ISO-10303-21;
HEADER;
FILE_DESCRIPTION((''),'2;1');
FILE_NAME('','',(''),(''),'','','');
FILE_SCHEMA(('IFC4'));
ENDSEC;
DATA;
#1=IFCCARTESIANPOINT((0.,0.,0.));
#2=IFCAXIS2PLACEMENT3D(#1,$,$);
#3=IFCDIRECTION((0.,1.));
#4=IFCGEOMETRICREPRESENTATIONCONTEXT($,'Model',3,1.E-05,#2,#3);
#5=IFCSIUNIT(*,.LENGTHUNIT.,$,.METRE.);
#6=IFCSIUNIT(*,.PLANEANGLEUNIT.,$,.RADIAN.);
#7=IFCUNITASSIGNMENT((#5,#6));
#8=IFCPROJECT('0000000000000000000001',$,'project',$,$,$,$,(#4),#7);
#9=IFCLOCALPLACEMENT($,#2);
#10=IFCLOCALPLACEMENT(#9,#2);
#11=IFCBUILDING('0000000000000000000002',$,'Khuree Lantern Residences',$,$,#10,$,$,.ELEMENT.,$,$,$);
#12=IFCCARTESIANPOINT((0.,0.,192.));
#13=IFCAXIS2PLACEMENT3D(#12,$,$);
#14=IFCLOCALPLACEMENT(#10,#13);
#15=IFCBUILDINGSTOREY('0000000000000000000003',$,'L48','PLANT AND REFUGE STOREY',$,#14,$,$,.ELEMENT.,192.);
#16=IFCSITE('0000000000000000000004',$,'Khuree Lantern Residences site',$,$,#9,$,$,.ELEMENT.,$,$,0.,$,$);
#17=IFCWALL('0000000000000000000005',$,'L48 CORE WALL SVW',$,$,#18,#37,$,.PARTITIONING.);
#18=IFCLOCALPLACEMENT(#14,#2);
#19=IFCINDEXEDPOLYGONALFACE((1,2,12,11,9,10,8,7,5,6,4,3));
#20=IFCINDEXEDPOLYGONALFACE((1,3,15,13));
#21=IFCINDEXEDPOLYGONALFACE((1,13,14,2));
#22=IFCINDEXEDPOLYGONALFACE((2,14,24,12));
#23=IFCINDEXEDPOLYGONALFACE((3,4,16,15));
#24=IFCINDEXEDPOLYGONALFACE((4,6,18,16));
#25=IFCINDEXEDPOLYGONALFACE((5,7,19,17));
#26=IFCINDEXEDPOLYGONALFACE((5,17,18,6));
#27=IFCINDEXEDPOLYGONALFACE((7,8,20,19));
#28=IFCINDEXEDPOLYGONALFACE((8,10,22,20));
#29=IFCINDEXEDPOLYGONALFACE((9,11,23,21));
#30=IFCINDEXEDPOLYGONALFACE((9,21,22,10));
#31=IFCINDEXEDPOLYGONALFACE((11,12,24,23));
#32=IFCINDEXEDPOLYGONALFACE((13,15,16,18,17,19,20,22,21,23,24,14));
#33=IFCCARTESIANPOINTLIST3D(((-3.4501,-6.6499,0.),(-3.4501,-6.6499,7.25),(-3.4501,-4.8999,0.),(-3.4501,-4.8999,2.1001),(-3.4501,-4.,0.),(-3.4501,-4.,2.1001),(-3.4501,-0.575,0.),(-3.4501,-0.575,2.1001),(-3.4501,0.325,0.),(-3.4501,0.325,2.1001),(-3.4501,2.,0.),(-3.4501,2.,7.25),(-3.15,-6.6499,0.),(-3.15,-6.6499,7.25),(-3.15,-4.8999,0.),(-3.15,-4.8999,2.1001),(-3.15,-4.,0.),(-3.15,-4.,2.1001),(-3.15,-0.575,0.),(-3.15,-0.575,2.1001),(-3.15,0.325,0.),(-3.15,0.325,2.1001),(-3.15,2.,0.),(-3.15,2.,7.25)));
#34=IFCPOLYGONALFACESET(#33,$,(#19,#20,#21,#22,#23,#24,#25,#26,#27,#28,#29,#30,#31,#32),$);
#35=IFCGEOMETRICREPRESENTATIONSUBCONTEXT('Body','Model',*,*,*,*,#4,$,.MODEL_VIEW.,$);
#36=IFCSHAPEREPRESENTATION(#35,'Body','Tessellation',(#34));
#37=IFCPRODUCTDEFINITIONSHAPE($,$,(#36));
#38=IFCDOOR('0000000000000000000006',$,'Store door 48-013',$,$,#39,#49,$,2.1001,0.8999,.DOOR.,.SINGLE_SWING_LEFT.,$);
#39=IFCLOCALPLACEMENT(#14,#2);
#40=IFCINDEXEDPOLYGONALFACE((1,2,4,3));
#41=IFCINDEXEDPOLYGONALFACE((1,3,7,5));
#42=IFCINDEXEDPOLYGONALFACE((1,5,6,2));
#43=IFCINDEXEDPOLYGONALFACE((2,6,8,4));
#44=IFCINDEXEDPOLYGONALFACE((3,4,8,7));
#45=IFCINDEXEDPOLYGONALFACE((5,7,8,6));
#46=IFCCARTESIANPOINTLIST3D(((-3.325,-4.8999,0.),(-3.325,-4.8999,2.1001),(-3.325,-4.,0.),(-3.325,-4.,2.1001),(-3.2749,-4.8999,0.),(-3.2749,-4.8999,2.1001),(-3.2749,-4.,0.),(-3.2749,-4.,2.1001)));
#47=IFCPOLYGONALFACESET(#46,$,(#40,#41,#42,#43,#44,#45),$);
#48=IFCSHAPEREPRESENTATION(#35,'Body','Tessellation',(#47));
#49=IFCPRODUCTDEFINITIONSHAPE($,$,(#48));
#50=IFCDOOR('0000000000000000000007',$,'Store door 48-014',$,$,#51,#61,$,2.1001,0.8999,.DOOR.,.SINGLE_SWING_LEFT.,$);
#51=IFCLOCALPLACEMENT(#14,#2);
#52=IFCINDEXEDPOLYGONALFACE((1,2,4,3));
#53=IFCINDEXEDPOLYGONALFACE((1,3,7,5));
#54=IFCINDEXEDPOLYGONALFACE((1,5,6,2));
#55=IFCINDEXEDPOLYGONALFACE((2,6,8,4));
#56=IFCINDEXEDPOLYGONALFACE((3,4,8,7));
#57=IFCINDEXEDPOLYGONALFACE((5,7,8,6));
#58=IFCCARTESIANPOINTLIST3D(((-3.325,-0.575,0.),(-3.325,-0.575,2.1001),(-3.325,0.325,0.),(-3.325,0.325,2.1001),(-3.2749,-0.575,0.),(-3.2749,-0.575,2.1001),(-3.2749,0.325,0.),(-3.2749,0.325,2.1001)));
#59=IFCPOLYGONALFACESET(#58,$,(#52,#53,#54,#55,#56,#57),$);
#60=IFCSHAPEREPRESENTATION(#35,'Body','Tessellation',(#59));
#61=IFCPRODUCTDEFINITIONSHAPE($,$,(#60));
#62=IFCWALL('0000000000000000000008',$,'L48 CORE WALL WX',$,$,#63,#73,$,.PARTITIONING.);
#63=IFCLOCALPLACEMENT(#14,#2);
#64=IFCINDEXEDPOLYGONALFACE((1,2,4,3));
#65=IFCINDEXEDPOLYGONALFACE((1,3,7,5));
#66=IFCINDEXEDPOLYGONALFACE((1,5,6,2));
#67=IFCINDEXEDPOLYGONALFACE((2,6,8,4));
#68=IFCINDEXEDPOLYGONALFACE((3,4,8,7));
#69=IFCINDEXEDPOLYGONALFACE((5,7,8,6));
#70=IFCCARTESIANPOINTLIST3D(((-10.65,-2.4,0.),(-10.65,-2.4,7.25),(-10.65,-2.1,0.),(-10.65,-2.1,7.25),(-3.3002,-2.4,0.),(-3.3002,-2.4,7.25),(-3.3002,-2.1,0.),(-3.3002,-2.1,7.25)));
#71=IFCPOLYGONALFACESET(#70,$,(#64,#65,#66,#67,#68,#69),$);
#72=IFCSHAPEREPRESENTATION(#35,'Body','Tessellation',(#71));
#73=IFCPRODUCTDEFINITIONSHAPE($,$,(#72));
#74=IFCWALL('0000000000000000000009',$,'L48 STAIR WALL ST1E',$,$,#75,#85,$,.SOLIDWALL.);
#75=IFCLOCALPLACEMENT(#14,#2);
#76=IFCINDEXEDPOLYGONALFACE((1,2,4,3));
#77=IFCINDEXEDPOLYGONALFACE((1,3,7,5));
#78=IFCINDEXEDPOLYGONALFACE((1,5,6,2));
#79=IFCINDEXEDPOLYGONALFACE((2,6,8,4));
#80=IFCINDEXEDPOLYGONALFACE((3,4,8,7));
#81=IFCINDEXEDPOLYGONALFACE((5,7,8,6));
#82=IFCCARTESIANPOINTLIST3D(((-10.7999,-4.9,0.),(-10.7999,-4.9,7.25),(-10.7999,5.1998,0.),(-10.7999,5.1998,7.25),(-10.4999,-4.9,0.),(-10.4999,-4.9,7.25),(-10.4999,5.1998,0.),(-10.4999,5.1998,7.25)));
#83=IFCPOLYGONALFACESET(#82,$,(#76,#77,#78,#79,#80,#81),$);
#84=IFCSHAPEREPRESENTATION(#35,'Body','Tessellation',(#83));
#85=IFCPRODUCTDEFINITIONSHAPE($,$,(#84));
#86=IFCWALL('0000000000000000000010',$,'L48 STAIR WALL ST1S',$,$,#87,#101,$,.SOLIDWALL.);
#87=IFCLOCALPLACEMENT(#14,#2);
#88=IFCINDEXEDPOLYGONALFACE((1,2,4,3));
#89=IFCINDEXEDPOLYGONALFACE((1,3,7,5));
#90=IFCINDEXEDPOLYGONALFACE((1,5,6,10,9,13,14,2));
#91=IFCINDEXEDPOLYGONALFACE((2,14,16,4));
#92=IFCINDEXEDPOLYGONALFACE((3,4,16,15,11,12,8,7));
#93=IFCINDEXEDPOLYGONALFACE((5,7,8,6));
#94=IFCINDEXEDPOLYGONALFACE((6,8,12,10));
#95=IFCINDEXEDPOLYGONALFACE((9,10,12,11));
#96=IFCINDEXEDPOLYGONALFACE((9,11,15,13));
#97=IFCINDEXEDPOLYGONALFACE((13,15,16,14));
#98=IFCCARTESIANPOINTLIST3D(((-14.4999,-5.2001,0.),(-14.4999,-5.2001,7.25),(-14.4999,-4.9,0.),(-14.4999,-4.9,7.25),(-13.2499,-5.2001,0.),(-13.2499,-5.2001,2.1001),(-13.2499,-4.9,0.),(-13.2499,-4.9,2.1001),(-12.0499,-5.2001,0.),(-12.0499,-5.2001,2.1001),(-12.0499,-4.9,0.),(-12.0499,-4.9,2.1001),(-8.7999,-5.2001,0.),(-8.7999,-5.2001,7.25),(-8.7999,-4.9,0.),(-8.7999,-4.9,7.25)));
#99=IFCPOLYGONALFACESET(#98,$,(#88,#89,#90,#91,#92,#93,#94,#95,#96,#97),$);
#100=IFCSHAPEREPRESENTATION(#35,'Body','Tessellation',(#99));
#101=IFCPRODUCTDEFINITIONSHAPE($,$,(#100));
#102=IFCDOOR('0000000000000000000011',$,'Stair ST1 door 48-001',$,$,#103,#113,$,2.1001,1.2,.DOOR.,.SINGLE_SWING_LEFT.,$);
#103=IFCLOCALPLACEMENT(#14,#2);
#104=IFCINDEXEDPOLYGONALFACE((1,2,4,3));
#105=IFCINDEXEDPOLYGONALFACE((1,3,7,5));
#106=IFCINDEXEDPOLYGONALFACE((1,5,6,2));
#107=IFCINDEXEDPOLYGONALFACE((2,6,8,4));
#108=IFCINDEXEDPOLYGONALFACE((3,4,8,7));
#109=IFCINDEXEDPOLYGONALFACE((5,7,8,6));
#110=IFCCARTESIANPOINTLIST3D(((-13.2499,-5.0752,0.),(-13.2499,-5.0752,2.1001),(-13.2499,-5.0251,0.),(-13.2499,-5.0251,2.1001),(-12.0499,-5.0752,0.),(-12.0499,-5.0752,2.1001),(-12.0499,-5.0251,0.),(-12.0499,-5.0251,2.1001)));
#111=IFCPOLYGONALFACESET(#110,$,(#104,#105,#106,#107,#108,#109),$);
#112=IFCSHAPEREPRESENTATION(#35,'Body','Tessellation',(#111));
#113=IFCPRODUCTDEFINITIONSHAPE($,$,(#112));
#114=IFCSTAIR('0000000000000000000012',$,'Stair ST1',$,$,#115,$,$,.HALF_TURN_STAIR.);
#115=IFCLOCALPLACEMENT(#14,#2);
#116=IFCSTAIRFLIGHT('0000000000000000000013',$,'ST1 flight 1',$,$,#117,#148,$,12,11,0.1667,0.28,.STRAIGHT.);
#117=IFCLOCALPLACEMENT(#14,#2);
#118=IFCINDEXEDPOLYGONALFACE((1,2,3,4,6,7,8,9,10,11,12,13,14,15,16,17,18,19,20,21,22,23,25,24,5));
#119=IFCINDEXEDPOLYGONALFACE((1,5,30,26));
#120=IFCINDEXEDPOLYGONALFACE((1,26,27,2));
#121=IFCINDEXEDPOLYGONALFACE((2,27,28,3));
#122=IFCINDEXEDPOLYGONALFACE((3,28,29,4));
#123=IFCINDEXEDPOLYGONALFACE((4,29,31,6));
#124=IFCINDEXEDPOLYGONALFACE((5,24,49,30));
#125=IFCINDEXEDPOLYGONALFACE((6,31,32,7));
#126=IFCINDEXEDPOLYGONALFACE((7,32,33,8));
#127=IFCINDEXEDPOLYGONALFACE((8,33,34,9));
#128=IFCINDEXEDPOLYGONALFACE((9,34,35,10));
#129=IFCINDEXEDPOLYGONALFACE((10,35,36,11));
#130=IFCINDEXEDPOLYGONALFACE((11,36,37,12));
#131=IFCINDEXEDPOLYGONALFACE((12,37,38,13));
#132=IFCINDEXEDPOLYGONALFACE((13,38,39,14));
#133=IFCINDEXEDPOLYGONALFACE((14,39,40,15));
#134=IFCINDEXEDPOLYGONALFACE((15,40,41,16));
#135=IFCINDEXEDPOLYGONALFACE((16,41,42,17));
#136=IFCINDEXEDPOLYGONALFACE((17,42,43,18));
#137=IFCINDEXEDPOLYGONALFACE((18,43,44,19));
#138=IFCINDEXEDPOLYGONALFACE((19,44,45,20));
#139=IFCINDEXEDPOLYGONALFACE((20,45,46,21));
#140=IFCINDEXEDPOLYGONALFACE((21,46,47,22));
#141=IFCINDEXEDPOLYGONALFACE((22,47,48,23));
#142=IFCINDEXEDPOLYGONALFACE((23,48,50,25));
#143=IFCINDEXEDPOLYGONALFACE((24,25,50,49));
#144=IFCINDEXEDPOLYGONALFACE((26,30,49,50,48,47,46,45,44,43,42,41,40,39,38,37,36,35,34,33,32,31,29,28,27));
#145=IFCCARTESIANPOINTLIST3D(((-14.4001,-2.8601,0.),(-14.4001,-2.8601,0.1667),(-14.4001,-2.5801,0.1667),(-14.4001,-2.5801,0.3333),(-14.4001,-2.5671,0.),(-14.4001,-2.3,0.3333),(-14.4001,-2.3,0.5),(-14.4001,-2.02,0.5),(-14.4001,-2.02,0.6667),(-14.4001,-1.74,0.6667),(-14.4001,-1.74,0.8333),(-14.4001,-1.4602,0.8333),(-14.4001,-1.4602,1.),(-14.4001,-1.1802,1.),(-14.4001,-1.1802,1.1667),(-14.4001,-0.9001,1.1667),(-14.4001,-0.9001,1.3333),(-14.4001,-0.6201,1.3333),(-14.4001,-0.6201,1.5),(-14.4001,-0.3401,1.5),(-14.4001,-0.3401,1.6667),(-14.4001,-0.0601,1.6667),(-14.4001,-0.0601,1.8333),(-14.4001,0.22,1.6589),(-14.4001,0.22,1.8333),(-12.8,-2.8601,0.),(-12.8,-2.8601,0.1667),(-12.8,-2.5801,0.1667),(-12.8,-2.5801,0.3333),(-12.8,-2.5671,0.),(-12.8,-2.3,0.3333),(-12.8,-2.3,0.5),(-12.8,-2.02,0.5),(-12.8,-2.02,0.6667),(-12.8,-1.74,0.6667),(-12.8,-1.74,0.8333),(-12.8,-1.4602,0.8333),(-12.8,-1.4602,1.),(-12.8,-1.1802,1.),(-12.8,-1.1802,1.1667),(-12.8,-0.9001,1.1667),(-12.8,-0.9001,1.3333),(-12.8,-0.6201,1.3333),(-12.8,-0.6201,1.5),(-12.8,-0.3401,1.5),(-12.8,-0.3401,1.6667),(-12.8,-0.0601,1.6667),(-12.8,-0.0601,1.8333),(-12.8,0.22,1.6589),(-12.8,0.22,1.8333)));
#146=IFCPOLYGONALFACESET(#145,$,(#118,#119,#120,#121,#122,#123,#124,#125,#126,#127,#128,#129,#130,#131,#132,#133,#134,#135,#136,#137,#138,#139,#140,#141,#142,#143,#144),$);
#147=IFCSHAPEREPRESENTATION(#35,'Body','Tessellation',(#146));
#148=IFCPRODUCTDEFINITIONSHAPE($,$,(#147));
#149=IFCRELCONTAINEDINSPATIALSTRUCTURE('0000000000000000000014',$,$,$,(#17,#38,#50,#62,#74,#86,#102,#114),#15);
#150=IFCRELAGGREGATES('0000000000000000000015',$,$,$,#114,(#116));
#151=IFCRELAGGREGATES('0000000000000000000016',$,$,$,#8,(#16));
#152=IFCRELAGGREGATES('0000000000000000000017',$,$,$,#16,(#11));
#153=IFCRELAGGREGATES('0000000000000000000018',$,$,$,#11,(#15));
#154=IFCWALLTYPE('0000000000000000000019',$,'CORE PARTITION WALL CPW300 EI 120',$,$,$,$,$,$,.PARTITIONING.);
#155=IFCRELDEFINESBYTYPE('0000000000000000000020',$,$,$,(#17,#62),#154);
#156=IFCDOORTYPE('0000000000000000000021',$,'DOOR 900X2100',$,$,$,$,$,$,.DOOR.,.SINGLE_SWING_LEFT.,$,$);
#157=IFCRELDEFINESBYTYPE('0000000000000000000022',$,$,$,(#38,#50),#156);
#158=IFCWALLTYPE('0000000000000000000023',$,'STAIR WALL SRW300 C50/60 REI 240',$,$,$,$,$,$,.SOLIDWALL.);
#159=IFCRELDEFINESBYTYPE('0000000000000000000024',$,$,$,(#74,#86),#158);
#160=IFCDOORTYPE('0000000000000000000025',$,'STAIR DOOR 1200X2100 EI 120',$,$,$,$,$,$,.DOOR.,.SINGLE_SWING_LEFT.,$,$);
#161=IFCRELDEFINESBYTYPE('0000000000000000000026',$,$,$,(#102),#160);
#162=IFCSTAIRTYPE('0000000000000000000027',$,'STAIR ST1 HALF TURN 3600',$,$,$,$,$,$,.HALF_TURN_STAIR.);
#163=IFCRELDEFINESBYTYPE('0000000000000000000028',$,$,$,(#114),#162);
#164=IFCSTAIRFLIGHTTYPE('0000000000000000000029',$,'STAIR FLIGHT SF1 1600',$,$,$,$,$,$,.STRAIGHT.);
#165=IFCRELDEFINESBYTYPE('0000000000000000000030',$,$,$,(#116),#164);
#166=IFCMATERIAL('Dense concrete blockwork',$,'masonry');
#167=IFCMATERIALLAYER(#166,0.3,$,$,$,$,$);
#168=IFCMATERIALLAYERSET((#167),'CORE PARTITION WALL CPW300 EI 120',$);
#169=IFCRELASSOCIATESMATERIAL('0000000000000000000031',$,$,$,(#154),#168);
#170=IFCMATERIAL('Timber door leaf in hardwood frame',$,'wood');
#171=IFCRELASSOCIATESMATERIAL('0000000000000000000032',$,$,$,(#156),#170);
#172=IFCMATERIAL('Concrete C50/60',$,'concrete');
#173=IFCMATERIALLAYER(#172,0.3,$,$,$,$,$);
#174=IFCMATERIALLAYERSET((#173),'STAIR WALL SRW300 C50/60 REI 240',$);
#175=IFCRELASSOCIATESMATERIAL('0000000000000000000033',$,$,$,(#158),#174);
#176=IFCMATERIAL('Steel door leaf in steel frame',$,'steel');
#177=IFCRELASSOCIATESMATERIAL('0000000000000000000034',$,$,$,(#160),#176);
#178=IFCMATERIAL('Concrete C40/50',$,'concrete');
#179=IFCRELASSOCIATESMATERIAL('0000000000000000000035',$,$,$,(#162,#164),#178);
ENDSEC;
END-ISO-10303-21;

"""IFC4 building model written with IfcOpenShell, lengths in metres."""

from ifc_helpers import new_model, si_unit, direction, frame, frame_2d, origin, place, context, subcontext, project, spatial, polyline, rectangle, outline, extrude, material, layer, layer_set, type_object, element, fill, aggregate, save


model = new_model("IFC4")

# Units and contexts
model_context = context("Model", 3, precision=1e-05, world=origin(), true_north=direction((0.0, 1.0)))
body_context = subcontext(model_context, "Body", "Model", "MODEL_VIEW")
ifc_project = project(units=[si_unit("LENGTHUNIT", "METRE"), si_unit("PLANEANGLEUNIT", "RADIAN")], contexts=[model_context])

# Site, building, storey
site_placement = place(None, origin())
site = spatial("IfcSite", under=ifc_project, at=site_placement, Name="Khuree Lantern Residences site", CompositionType="ELEMENT", RefElevation=0.0)
building_placement = place(site_placement, origin())
building = spatial("IfcBuilding", under=site, at=building_placement, Name="Khuree Lantern Residences", CompositionType="ELEMENT")
storey_placement = place(building_placement, frame((0.0, 0.0, 192.0)))
storey = spatial("IfcBuildingStorey", under=building, at=storey_placement, Name="L48", Description="PLANT AND REFUGE STOREY", CompositionType="ELEMENT", Elevation=192.0)

# Shared definitions
ifc_material_1 = material(Name="Dense concrete blockwork", Category="masonry")
ifc_layer_1 = layer(ifc_material_1, 0.3)
ifc_layer_set_1 = layer_set([ifc_layer_1], Name="CORE PARTITION WALL CPW300 EI 120")
wall_type_1 = type_object("IfcWallType", Name="CORE PARTITION WALL CPW300 EI 120", PredefinedType="PARTITIONING", material=ifc_layer_set_1)

# Shared definitions
ifc_material_2 = material(Name="Steel door leaf in steel frame", Category="steel")

# Wall, openings, doors
wall_1_placement = place(storey_placement, frame((-3.3, -6.6499, 0.0), z_axis=(0.0, 0.0, 1.0), x_axis=(0.0, 1.0, 0.0)))
wall_1 = element("IfcWall", 1, at=wall_1_placement, inside=storey, type_object=wall_type_1, Name="L48 CORE WALL SVW", PredefinedType="PARTITIONING", context=body_context, shape_type="SweptSolid", body=[
    extrude(rectangle(XDim=8.6499, YDim=0.3, at=frame_2d((4.325, 0.0))), origin(), (0.0, 0.0, 1.0), 7.25),
])
opening_1_placement = place(wall_1_placement, frame((1.75, 0.0, 0.0)))
opening_1 = element("IfcOpeningElement", 2, at=opening_1_placement, cuts=wall_1, PredefinedType="OPENING", context=body_context, shape_type="SweptSolid", body=[
    extrude(rectangle(XDim=0.8999, YDim=2.1001, at=frame_2d((0.45, 1.05))), frame((0.0, 0.1602, 0.0), z_axis=(0.0, -1.0, 0.0), x_axis=(1.0, 0.0, 0.0)), (0.0, 0.0, 1.0), 0.3201),
])
opening_2_placement = place(wall_1_placement, frame((6.075, 0.0, 0.0)))
opening_2 = element("IfcOpeningElement", 3, at=opening_2_placement, cuts=wall_1, PredefinedType="OPENING", context=body_context, shape_type="SweptSolid", body=[
    extrude(rectangle(XDim=0.8999, YDim=2.1001, at=frame_2d((0.45, 1.05))), frame((0.0, 0.1602, 0.0), z_axis=(0.0, -1.0, 0.0), x_axis=(1.0, 0.0, 0.0)), (0.0, 0.0, 1.0), 0.3201),
])
ifc_material_3 = material(Name="Timber door leaf in hardwood frame", Category="wood")
door_type_1 = type_object("IfcDoorType", Name="DOOR 900X2100", OperationType="SINGLE_SWING_LEFT", PredefinedType="DOOR", material=ifc_material_3)
door_1_placement = place(opening_1_placement, origin())
door_1 = element("IfcDoor", 4, at=door_1_placement, inside=storey, type_object=door_type_1, Name="Store door 48-013", OperationType="SINGLE_SWING_LEFT", OverallHeight=2.1001, OverallWidth=0.8999, PredefinedType="DOOR", context=body_context, shape_type="SweptSolid", body=[
    extrude(rectangle(XDim=0.8999, YDim=2.1001, at=frame_2d((0.45, 1.05))), frame((0.0, 0.0249, 0.0), z_axis=(0.0, -1.0, 0.0), x_axis=(1.0, 0.0, 0.0)), (0.0, 0.0, 1.0), 0.05),
])
fill(opening_1, door_1)
door_2_placement = place(opening_2_placement, origin())
door_2 = element("IfcDoor", 5, at=door_2_placement, inside=storey, type_object=door_type_1, Name="Store door 48-014", OperationType="SINGLE_SWING_LEFT", OverallHeight=2.1001, OverallWidth=0.8999, PredefinedType="DOOR", context=body_context, shape_type="SweptSolid", body=[
    extrude(rectangle(XDim=0.8999, YDim=2.1001, at=frame_2d((0.45, 1.05))), frame((0.0, 0.0249, 0.0), z_axis=(0.0, -1.0, 0.0), x_axis=(1.0, 0.0, 0.0)), (0.0, 0.0, 1.0), 0.05),
])
fill(opening_2, door_2)

# Wall
wall_2_placement = place(storey_placement, frame((-10.6499, -2.25, 0.0), z_axis=(0.0, 0.0, 1.0), x_axis=(1.0, 0.0, 0.0)))
element("IfcWall", 6, at=wall_2_placement, inside=storey, type_object=wall_type_1, Name="L48 CORE WALL WX", PredefinedType="PARTITIONING", context=body_context, shape_type="SweptSolid", body=[
    extrude(rectangle(XDim=7.3499, YDim=0.3, at=frame_2d((3.6748, 0.0))), origin(), (0.0, 0.0, 1.0), 7.25),
])

# Wall
ifc_material_4 = material(Name="Concrete C50/60", Category="concrete")
ifc_layer_2 = layer(ifc_material_4, 0.3)
ifc_layer_set_2 = layer_set([ifc_layer_2], Name="STAIR WALL SRW300 C50/60 REI 240")
wall_type_2 = type_object("IfcWallType", Name="STAIR WALL SRW300 C50/60 REI 240", PredefinedType="SOLIDWALL", material=ifc_layer_set_2)
wall_3_placement = place(storey_placement, frame((-10.6499, -4.8999, 0.0), z_axis=(0.0, 0.0, 1.0), x_axis=(0.0, 1.0, 0.0)))
element("IfcWall", 7, at=wall_3_placement, inside=storey, type_object=wall_type_2, Name="L48 STAIR WALL ST1E", PredefinedType="SOLIDWALL", context=body_context, shape_type="SweptSolid", body=[
    extrude(rectangle(XDim=10.0999, YDim=0.3, at=frame_2d((5.0498, 0.0))), origin(), (0.0, 0.0, 1.0), 7.25),
])

# Wall, opening, door
wall_4_placement = place(storey_placement, frame((-14.5, -5.05, 0.0), z_axis=(0.0, 0.0, 1.0), x_axis=(1.0, 0.0, 0.0)))
wall_4 = element("IfcWall", 8, at=wall_4_placement, inside=storey, type_object=wall_type_2, Name="L48 STAIR WALL ST1S", PredefinedType="SOLIDWALL", context=body_context, shape_type="SweptSolid", body=[
    extrude(rectangle(XDim=5.7, YDim=0.3, at=frame_2d((2.8501, 0.0))), origin(), (0.0, 0.0, 1.0), 7.25),
])
opening_3_placement = place(wall_4_placement, frame((1.25, 0.0, 0.0)))
opening_3 = element("IfcOpeningElement", 9, at=opening_3_placement, cuts=wall_4, PredefinedType="OPENING", context=body_context, shape_type="SweptSolid", body=[
    extrude(rectangle(XDim=1.2, YDim=2.1001, at=frame_2d((0.6001, 1.05))), frame((0.0, 0.1602, 0.0), z_axis=(0.0, -1.0, 0.0), x_axis=(1.0, 0.0, 0.0)), (0.0, 0.0, 1.0), 0.3201),
])
door_type_2 = type_object("IfcDoorType", Name="STAIR DOOR 1200X2100 EI 120", OperationType="SINGLE_SWING_LEFT", PredefinedType="DOOR", material=ifc_material_2)
door_3_placement = place(opening_3_placement, origin())
door_3 = element("IfcDoor", 10, at=door_3_placement, inside=storey, type_object=door_type_2, Name="Stair ST1 door 48-001", OperationType="SINGLE_SWING_LEFT", OverallHeight=2.1001, OverallWidth=1.2, PredefinedType="DOOR", context=body_context, shape_type="SweptSolid", body=[
    extrude(rectangle(XDim=1.2, YDim=2.1001, at=frame_2d((0.6001, 1.05))), frame((0.0, 0.0249, 0.0), z_axis=(0.0, -1.0, 0.0), x_axis=(1.0, 0.0, 0.0)), (0.0, 0.0, 1.0), 0.05),
])
fill(opening_3, door_3)

# Stair, stair flight
ifc_material_5 = material(Name="Concrete C40/50", Category="concrete")
stair_type = type_object("IfcStairType", Name="STAIR ST1 HALF TURN 3600", PredefinedType="HALF_TURN_STAIR", material=ifc_material_5)
stair_placement = place(storey_placement, origin())
stair = element("IfcStair", 11, at=stair_placement, inside=storey, type_object=stair_type, Name="Stair ST1", PredefinedType="HALF_TURN_STAIR")
stair_flight_type = type_object("IfcStairFlightType", Name="STAIR FLIGHT SF1 1600", PredefinedType="STRAIGHT", material=ifc_material_5)
stair_flight_1_placement = place(storey_placement, frame((-13.6001, -2.8601, 0.0), z_axis=(0.0, 0.0, 1.0), x_axis=(0.0, 1.0, 0.0)))
stair_flight_1 = element("IfcStairFlight", 12, at=stair_flight_1_placement, type_object=stair_flight_type, Name="ST1 flight 1", NumberOfRisers=12, NumberOfTreads=11, PredefinedType="STRAIGHT", RiserHeight=0.1667, TreadLength=0.28, context=body_context, shape_type="SweptSolid", body=[
    extrude(outline(polyline([(0.0, 0.0), (0.0, 0.1667), (0.28, 0.1667), (0.28, 0.3333), (0.5601, 0.3333), (0.5601, 0.5), (0.8401, 0.5), (0.8401, 0.6667), (1.1201, 0.6667), (1.1201, 0.8333), (1.3999, 0.8333), (1.3999, 1.0), (1.6799, 1.0), (1.6799, 1.1667), (1.96, 1.1667), (1.96, 1.3333), (2.24, 1.3333), (2.24, 1.5), (2.52, 1.5), (2.52, 1.6667), (2.8, 1.6667), (2.8, 1.8333), (3.0801, 1.8333), (3.0801, 2.0), (3.0801, 1.6589), (0.293, 0.0), (0.0, 0.0)])), frame((0.0, 0.8, 0.0), z_axis=(0.0, -1.0, 0.0), x_axis=(1.0, 0.0, 0.0)), (0.0, 0.0, 1.0), 1.6001),
])
aggregate(stair, [stair_flight_1])

save(model, "model.ifc")
